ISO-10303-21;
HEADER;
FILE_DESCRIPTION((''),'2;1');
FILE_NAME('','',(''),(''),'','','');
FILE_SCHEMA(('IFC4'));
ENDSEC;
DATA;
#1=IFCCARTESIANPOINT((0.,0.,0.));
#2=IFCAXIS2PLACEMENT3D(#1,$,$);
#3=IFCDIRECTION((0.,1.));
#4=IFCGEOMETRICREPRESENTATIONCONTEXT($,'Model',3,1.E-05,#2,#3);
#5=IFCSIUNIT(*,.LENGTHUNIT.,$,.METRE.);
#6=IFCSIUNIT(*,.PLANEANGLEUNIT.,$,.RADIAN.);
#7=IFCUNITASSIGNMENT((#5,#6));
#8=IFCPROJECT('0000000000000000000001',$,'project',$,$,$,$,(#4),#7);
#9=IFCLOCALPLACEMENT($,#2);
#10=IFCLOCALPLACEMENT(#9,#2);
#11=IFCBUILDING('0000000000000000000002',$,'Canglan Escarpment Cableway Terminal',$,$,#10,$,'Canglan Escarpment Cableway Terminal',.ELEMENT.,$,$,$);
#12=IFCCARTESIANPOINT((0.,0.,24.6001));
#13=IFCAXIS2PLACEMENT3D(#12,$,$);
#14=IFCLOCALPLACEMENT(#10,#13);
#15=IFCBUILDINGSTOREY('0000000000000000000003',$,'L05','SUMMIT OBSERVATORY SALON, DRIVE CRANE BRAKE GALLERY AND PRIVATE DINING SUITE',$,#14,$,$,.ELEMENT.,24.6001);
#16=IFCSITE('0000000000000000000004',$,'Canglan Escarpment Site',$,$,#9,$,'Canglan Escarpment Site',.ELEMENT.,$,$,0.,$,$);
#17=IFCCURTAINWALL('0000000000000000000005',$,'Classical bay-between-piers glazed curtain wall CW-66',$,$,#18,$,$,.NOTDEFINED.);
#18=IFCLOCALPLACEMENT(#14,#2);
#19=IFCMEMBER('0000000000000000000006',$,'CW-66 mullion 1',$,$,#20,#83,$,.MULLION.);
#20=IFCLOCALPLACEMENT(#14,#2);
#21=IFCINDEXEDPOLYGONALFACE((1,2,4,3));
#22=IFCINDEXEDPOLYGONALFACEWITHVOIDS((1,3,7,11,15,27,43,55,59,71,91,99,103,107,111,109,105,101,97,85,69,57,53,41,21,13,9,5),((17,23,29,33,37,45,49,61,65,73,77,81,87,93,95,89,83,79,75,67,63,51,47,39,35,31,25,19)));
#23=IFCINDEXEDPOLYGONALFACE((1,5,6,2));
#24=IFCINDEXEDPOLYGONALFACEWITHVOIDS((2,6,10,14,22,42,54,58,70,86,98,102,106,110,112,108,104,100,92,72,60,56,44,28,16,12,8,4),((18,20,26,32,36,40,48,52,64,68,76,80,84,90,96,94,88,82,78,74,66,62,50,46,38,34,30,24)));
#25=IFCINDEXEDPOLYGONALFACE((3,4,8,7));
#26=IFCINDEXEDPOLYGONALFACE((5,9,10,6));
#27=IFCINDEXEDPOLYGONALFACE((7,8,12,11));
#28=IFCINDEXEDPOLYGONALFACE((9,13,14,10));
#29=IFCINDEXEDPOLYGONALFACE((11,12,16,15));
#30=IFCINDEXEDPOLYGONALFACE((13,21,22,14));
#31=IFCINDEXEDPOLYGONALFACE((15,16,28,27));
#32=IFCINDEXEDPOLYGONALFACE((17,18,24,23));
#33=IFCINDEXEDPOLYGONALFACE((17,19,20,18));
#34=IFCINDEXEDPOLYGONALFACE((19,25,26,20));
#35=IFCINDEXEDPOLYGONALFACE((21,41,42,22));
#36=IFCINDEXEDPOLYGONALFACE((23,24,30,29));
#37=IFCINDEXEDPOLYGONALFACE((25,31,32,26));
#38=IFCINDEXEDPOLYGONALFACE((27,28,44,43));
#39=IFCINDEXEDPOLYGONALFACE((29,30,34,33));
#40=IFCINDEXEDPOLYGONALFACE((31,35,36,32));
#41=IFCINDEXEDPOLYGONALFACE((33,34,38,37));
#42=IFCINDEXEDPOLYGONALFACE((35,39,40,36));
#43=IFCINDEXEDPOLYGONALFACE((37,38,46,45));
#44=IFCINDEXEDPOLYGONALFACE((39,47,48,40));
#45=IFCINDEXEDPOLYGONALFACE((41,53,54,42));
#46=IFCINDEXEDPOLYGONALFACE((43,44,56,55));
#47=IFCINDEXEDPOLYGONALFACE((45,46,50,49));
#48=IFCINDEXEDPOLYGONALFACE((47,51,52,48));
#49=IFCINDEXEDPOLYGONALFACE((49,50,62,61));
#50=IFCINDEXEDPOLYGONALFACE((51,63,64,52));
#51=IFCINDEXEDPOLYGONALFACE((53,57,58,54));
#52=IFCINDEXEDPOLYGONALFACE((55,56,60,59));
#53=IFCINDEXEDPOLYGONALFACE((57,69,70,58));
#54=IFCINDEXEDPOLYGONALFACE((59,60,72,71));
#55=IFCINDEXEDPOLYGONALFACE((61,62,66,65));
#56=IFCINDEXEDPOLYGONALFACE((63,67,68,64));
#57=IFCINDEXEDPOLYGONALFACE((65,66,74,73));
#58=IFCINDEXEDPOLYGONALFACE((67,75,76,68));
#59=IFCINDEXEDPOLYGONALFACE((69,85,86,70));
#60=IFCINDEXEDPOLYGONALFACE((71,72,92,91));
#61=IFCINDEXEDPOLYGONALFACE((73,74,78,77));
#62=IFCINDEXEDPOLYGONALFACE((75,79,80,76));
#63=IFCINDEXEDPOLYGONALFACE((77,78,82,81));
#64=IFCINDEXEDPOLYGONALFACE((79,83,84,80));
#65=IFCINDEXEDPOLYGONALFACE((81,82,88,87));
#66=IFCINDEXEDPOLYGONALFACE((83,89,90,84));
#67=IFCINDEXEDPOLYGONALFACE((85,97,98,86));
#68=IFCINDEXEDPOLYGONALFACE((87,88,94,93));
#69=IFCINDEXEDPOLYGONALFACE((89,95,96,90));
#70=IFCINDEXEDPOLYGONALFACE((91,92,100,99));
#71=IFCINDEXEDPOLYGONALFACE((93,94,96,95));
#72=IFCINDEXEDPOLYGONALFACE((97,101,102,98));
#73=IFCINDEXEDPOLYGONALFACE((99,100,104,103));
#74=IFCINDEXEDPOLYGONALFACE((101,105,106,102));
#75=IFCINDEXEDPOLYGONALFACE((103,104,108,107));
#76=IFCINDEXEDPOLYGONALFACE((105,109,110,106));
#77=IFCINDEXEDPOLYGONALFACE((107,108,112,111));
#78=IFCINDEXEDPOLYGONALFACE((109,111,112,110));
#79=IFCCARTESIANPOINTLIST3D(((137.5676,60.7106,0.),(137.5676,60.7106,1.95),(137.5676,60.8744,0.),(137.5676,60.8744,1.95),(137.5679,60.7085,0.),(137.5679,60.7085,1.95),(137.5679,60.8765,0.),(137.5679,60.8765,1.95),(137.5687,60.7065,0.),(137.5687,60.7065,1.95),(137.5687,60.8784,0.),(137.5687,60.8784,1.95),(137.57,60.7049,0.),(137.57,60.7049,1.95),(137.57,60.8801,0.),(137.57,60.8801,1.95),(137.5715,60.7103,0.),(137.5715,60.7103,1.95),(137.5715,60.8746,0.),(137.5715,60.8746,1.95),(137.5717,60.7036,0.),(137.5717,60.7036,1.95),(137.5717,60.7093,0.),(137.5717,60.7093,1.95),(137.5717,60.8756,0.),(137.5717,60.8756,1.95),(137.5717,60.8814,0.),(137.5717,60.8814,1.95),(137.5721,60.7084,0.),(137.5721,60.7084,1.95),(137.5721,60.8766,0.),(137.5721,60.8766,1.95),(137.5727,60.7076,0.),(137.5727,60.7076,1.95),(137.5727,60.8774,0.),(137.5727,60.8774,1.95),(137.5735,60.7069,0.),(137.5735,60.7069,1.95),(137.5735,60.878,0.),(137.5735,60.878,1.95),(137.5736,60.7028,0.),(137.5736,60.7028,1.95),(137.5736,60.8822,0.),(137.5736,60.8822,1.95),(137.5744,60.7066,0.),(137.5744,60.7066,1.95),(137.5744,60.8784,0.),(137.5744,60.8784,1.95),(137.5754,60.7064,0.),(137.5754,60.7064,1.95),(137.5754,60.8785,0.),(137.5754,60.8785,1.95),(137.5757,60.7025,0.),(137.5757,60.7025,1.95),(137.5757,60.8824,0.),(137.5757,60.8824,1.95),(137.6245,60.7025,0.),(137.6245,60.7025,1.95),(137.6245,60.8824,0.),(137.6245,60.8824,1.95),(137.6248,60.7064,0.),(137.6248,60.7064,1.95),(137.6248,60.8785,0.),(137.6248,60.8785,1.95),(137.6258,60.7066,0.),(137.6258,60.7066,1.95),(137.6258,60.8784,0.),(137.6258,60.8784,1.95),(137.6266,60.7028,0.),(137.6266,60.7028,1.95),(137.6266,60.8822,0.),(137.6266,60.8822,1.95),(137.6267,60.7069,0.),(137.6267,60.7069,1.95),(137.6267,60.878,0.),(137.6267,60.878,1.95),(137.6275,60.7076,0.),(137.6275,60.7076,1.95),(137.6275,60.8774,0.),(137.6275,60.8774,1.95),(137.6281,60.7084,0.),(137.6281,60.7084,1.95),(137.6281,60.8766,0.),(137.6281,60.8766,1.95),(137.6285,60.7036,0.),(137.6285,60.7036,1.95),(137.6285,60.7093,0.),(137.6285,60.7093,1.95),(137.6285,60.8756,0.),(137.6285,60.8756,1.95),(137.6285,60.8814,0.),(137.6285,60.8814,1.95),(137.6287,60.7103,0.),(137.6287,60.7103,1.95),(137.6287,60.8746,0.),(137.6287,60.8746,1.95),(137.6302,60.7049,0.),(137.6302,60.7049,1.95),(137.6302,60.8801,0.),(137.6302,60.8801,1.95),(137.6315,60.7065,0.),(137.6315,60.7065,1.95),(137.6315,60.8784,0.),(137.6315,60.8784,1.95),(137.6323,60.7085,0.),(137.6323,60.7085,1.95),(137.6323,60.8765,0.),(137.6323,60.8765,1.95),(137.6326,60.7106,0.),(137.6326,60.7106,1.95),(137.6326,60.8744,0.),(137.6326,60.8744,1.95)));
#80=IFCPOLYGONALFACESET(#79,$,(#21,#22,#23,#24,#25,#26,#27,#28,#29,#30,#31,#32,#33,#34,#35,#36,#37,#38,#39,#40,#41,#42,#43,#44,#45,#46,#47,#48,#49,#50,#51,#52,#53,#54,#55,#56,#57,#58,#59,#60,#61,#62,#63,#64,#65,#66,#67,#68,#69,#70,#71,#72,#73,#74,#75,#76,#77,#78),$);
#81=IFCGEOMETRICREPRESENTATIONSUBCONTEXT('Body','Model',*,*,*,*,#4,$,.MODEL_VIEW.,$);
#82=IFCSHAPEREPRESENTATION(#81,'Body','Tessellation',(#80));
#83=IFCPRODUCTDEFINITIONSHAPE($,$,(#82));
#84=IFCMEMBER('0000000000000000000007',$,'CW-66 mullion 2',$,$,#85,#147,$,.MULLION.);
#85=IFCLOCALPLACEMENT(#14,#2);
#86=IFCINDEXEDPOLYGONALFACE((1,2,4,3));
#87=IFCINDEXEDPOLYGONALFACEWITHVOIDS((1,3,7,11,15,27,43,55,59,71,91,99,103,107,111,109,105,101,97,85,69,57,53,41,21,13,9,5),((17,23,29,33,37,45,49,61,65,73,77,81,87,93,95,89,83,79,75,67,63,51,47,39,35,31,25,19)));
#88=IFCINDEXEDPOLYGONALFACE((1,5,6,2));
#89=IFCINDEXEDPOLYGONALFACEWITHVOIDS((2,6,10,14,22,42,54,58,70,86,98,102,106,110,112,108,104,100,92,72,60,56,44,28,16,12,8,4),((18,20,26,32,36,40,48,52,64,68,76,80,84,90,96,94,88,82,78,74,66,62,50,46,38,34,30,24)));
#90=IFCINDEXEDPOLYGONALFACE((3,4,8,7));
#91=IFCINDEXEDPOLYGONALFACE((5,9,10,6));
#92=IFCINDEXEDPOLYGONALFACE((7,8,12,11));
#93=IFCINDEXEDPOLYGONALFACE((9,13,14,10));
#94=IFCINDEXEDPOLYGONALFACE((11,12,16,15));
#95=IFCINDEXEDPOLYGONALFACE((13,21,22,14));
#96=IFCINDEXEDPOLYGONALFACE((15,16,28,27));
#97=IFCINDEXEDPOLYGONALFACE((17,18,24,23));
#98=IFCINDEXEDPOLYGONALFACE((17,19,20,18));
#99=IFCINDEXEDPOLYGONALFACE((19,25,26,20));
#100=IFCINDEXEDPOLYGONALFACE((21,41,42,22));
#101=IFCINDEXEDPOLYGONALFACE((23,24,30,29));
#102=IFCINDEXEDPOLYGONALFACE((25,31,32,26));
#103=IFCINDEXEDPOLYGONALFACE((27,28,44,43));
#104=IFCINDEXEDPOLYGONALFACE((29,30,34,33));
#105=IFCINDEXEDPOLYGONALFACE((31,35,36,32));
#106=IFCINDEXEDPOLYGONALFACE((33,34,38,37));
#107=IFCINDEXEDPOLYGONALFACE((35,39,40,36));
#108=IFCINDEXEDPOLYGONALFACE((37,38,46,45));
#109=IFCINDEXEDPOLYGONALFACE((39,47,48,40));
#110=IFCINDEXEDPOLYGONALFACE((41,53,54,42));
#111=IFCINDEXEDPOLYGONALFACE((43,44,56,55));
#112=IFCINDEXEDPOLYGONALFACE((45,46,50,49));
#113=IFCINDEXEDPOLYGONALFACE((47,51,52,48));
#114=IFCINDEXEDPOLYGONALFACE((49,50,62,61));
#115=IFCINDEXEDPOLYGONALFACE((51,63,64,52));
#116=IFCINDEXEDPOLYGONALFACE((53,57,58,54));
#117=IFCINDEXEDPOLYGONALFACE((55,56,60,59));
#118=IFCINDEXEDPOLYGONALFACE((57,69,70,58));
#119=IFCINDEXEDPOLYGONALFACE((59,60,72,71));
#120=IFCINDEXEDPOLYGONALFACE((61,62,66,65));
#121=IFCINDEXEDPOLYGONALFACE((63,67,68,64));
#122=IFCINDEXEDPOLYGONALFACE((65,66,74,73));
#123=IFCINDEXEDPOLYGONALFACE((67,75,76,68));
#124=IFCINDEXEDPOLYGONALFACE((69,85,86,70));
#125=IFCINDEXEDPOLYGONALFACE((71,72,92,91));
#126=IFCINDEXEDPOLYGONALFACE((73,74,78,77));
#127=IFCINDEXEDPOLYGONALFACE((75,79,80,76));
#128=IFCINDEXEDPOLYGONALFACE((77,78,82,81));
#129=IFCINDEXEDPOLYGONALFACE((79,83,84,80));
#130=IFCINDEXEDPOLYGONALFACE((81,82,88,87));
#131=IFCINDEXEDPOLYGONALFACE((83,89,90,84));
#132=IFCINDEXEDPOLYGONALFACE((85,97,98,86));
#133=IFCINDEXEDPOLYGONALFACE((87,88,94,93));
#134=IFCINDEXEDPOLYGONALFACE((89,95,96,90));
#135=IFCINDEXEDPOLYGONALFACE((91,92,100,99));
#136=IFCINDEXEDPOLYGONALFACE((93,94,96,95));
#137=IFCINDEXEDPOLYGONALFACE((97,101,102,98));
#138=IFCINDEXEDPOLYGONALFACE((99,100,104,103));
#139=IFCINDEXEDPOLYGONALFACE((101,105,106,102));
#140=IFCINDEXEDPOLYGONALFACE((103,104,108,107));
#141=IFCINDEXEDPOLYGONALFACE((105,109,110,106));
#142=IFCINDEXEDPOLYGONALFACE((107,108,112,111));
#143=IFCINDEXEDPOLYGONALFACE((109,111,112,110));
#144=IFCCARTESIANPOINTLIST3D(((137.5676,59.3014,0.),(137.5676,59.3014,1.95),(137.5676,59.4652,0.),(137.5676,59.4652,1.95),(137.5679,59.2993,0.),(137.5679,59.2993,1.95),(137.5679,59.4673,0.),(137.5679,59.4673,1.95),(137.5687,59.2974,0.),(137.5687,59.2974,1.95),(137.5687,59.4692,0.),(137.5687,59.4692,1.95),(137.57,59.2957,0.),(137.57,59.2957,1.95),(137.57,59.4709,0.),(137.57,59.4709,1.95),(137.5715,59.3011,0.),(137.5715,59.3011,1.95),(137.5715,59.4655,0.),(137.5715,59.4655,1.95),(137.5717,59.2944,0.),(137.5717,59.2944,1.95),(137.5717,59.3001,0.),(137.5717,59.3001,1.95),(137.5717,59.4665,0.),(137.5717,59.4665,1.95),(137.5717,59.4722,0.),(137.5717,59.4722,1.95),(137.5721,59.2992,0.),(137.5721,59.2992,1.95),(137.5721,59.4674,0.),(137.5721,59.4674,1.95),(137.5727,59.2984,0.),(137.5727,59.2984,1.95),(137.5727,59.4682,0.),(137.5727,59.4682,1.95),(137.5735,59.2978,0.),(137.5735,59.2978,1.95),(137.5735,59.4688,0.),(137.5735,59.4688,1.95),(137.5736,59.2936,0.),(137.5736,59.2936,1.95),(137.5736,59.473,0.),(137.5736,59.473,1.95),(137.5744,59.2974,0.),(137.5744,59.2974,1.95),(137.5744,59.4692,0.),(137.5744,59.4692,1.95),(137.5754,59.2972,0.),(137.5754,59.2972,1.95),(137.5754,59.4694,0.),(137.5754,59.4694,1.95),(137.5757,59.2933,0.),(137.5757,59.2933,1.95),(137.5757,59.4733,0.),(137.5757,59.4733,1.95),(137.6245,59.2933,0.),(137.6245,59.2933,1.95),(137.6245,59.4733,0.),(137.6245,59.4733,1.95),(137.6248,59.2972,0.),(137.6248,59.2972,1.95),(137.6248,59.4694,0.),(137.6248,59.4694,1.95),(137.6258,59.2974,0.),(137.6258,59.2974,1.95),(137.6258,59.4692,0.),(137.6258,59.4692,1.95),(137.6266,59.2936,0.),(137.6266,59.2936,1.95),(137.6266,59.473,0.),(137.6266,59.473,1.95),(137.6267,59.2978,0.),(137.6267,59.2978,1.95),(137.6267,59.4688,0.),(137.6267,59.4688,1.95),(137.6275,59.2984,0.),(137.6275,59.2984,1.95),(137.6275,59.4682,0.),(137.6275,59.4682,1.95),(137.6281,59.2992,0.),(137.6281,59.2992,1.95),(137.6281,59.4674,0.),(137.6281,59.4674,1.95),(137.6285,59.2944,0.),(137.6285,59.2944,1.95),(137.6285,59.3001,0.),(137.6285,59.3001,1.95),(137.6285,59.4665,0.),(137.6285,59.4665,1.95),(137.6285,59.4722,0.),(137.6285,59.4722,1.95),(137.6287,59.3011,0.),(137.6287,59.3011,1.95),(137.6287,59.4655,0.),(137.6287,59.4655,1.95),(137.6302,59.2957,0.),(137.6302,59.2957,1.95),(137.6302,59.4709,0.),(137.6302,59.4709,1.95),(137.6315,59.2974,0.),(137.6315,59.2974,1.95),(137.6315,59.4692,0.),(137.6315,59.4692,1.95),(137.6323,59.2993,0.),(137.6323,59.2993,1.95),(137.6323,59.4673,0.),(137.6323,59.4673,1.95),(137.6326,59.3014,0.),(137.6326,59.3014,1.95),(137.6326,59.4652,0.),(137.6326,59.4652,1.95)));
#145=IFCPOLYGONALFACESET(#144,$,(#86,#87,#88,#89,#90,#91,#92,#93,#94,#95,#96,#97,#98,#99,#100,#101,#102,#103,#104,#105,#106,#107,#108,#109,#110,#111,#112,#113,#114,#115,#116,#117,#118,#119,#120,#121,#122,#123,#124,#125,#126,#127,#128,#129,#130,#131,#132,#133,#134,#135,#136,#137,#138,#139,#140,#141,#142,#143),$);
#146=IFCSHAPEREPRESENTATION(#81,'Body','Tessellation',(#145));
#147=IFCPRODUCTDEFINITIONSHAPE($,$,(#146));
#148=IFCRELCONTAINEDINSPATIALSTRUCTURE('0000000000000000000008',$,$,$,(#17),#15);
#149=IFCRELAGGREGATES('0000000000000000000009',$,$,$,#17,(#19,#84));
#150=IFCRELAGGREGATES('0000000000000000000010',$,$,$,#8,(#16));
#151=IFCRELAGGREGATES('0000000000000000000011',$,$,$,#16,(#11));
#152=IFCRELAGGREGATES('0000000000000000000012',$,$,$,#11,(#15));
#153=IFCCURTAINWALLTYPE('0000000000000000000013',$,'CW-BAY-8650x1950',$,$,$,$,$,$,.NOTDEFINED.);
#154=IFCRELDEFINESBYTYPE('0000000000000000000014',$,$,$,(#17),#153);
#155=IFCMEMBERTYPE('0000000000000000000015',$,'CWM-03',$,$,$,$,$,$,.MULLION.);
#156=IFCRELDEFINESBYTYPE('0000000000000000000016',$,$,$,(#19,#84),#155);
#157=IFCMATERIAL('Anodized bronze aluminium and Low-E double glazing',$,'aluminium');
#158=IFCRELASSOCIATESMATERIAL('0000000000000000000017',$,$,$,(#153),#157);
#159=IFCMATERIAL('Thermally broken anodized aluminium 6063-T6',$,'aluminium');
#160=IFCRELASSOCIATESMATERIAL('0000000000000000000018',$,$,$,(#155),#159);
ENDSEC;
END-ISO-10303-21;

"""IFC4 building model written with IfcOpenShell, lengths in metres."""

from ifc_helpers import new_model, si_unit, direction, frame, origin, origin_2d, place, context, subcontext, project, spatial, hollow_rectangle, extrude, material, material_profile, profile_set, type_object, element, aggregate, save


model = new_model("IFC4")

# Units and contexts
model_context = context("Model", 3, precision=1e-05, world=origin(), true_north=direction((0.0, 1.0)))
body_context = subcontext(model_context, "Body", "Model", "MODEL_VIEW")
ifc_project = project(units=[si_unit("LENGTHUNIT", "METRE"), si_unit("PLANEANGLEUNIT", "RADIAN")], contexts=[model_context])

# Site, building, storey
site_placement = place(None, origin())
site = spatial("IfcSite", under=ifc_project, at=site_placement, Name="Canglan Escarpment Site", LongName="Canglan Escarpment Site", CompositionType="ELEMENT", RefElevation=0.0)
building_placement = place(site_placement, origin())
building = spatial("IfcBuilding", under=site, at=building_placement, Name="Canglan Escarpment Cableway Terminal", LongName="Canglan Escarpment Cableway Terminal", CompositionType="ELEMENT")
storey_placement = place(building_placement, frame((0.0, 0.0, 24.6001)))
storey = spatial("IfcBuildingStorey", under=building, at=storey_placement, Name="L05", Description="SUMMIT OBSERVATORY SALON, DRIVE CRANE BRAKE GALLERY AND PRIVATE DINING SUITE", CompositionType="ELEMENT", Elevation=24.6001)

# Curtain wall, members
ifc_material_1 = material(Name="Anodized bronze aluminium and Low-E double glazing", Category="aluminium")
curtain_wall_type = type_object("IfcCurtainWallType", Name="CW-BAY-8650x1950", PredefinedType="NOTDEFINED", material=ifc_material_1)
curtain_wall_placement = place(storey_placement, origin())
curtain_wall = element("IfcCurtainWall", 1, at=curtain_wall_placement, inside=storey, type_object=curtain_wall_type, Name="Classical bay-between-piers glazed curtain wall CW-66", PredefinedType="NOTDEFINED")
ifc_material_2 = material(Name="Thermally broken anodized aluminium 6063-T6", Category="aluminium")
ifc_material_profile_1 = material_profile(ifc_material_2, hollow_rectangle(XDim=0.0649, YDim=0.1799, WallThickness=0.0039, InnerFilletRadius=0.0039, OuterFilletRadius=0.0081, at=origin_2d()), Name="ALU-MULL 65x180x4")
ifc_profile_set_1 = profile_set([ifc_material_profile_1], Name="Thermally broken anodized aluminium 6063-T6")
member_type_1 = type_object("IfcMemberType", Name="CWM-03", PredefinedType="MULLION", material=ifc_profile_set_1)
member_1_placement = place(storey_placement, frame((137.6001, 60.7925, 0.0), z_axis=(0.0, 0.0, 1.0), x_axis=(1.0, 0.0, 0.0)))
member_1 = element("IfcMember", 2, at=member_1_placement, type_object=member_type_1, Name="CW-66 mullion 1", PredefinedType="MULLION", context=body_context, shape_type="SweptSolid", body=[
    extrude(hollow_rectangle(XDim=0.0649, YDim=0.1799, WallThickness=0.0039, InnerFilletRadius=0.0039, OuterFilletRadius=0.0081, at=origin_2d()), origin(), (0.0, 0.0, 1.0), 1.95),
])
member_2_placement = place(storey_placement, frame((137.6001, 59.3833, 0.0), z_axis=(0.0, 0.0, 1.0), x_axis=(1.0, 0.0, 0.0)))
member_2 = element("IfcMember", 3, at=member_2_placement, type_object=member_type_1, Name="CW-66 mullion 2", PredefinedType="MULLION", context=body_context, shape_type="SweptSolid", body=[
    extrude(hollow_rectangle(XDim=0.0649, YDim=0.1799, WallThickness=0.0039, InnerFilletRadius=0.0039, OuterFilletRadius=0.0081, at=origin_2d()), origin(), (0.0, 0.0, 1.0), 1.95),
])

aggregate(curtain_wall, [member_1, member_2])

save(model, "model.ifc")
